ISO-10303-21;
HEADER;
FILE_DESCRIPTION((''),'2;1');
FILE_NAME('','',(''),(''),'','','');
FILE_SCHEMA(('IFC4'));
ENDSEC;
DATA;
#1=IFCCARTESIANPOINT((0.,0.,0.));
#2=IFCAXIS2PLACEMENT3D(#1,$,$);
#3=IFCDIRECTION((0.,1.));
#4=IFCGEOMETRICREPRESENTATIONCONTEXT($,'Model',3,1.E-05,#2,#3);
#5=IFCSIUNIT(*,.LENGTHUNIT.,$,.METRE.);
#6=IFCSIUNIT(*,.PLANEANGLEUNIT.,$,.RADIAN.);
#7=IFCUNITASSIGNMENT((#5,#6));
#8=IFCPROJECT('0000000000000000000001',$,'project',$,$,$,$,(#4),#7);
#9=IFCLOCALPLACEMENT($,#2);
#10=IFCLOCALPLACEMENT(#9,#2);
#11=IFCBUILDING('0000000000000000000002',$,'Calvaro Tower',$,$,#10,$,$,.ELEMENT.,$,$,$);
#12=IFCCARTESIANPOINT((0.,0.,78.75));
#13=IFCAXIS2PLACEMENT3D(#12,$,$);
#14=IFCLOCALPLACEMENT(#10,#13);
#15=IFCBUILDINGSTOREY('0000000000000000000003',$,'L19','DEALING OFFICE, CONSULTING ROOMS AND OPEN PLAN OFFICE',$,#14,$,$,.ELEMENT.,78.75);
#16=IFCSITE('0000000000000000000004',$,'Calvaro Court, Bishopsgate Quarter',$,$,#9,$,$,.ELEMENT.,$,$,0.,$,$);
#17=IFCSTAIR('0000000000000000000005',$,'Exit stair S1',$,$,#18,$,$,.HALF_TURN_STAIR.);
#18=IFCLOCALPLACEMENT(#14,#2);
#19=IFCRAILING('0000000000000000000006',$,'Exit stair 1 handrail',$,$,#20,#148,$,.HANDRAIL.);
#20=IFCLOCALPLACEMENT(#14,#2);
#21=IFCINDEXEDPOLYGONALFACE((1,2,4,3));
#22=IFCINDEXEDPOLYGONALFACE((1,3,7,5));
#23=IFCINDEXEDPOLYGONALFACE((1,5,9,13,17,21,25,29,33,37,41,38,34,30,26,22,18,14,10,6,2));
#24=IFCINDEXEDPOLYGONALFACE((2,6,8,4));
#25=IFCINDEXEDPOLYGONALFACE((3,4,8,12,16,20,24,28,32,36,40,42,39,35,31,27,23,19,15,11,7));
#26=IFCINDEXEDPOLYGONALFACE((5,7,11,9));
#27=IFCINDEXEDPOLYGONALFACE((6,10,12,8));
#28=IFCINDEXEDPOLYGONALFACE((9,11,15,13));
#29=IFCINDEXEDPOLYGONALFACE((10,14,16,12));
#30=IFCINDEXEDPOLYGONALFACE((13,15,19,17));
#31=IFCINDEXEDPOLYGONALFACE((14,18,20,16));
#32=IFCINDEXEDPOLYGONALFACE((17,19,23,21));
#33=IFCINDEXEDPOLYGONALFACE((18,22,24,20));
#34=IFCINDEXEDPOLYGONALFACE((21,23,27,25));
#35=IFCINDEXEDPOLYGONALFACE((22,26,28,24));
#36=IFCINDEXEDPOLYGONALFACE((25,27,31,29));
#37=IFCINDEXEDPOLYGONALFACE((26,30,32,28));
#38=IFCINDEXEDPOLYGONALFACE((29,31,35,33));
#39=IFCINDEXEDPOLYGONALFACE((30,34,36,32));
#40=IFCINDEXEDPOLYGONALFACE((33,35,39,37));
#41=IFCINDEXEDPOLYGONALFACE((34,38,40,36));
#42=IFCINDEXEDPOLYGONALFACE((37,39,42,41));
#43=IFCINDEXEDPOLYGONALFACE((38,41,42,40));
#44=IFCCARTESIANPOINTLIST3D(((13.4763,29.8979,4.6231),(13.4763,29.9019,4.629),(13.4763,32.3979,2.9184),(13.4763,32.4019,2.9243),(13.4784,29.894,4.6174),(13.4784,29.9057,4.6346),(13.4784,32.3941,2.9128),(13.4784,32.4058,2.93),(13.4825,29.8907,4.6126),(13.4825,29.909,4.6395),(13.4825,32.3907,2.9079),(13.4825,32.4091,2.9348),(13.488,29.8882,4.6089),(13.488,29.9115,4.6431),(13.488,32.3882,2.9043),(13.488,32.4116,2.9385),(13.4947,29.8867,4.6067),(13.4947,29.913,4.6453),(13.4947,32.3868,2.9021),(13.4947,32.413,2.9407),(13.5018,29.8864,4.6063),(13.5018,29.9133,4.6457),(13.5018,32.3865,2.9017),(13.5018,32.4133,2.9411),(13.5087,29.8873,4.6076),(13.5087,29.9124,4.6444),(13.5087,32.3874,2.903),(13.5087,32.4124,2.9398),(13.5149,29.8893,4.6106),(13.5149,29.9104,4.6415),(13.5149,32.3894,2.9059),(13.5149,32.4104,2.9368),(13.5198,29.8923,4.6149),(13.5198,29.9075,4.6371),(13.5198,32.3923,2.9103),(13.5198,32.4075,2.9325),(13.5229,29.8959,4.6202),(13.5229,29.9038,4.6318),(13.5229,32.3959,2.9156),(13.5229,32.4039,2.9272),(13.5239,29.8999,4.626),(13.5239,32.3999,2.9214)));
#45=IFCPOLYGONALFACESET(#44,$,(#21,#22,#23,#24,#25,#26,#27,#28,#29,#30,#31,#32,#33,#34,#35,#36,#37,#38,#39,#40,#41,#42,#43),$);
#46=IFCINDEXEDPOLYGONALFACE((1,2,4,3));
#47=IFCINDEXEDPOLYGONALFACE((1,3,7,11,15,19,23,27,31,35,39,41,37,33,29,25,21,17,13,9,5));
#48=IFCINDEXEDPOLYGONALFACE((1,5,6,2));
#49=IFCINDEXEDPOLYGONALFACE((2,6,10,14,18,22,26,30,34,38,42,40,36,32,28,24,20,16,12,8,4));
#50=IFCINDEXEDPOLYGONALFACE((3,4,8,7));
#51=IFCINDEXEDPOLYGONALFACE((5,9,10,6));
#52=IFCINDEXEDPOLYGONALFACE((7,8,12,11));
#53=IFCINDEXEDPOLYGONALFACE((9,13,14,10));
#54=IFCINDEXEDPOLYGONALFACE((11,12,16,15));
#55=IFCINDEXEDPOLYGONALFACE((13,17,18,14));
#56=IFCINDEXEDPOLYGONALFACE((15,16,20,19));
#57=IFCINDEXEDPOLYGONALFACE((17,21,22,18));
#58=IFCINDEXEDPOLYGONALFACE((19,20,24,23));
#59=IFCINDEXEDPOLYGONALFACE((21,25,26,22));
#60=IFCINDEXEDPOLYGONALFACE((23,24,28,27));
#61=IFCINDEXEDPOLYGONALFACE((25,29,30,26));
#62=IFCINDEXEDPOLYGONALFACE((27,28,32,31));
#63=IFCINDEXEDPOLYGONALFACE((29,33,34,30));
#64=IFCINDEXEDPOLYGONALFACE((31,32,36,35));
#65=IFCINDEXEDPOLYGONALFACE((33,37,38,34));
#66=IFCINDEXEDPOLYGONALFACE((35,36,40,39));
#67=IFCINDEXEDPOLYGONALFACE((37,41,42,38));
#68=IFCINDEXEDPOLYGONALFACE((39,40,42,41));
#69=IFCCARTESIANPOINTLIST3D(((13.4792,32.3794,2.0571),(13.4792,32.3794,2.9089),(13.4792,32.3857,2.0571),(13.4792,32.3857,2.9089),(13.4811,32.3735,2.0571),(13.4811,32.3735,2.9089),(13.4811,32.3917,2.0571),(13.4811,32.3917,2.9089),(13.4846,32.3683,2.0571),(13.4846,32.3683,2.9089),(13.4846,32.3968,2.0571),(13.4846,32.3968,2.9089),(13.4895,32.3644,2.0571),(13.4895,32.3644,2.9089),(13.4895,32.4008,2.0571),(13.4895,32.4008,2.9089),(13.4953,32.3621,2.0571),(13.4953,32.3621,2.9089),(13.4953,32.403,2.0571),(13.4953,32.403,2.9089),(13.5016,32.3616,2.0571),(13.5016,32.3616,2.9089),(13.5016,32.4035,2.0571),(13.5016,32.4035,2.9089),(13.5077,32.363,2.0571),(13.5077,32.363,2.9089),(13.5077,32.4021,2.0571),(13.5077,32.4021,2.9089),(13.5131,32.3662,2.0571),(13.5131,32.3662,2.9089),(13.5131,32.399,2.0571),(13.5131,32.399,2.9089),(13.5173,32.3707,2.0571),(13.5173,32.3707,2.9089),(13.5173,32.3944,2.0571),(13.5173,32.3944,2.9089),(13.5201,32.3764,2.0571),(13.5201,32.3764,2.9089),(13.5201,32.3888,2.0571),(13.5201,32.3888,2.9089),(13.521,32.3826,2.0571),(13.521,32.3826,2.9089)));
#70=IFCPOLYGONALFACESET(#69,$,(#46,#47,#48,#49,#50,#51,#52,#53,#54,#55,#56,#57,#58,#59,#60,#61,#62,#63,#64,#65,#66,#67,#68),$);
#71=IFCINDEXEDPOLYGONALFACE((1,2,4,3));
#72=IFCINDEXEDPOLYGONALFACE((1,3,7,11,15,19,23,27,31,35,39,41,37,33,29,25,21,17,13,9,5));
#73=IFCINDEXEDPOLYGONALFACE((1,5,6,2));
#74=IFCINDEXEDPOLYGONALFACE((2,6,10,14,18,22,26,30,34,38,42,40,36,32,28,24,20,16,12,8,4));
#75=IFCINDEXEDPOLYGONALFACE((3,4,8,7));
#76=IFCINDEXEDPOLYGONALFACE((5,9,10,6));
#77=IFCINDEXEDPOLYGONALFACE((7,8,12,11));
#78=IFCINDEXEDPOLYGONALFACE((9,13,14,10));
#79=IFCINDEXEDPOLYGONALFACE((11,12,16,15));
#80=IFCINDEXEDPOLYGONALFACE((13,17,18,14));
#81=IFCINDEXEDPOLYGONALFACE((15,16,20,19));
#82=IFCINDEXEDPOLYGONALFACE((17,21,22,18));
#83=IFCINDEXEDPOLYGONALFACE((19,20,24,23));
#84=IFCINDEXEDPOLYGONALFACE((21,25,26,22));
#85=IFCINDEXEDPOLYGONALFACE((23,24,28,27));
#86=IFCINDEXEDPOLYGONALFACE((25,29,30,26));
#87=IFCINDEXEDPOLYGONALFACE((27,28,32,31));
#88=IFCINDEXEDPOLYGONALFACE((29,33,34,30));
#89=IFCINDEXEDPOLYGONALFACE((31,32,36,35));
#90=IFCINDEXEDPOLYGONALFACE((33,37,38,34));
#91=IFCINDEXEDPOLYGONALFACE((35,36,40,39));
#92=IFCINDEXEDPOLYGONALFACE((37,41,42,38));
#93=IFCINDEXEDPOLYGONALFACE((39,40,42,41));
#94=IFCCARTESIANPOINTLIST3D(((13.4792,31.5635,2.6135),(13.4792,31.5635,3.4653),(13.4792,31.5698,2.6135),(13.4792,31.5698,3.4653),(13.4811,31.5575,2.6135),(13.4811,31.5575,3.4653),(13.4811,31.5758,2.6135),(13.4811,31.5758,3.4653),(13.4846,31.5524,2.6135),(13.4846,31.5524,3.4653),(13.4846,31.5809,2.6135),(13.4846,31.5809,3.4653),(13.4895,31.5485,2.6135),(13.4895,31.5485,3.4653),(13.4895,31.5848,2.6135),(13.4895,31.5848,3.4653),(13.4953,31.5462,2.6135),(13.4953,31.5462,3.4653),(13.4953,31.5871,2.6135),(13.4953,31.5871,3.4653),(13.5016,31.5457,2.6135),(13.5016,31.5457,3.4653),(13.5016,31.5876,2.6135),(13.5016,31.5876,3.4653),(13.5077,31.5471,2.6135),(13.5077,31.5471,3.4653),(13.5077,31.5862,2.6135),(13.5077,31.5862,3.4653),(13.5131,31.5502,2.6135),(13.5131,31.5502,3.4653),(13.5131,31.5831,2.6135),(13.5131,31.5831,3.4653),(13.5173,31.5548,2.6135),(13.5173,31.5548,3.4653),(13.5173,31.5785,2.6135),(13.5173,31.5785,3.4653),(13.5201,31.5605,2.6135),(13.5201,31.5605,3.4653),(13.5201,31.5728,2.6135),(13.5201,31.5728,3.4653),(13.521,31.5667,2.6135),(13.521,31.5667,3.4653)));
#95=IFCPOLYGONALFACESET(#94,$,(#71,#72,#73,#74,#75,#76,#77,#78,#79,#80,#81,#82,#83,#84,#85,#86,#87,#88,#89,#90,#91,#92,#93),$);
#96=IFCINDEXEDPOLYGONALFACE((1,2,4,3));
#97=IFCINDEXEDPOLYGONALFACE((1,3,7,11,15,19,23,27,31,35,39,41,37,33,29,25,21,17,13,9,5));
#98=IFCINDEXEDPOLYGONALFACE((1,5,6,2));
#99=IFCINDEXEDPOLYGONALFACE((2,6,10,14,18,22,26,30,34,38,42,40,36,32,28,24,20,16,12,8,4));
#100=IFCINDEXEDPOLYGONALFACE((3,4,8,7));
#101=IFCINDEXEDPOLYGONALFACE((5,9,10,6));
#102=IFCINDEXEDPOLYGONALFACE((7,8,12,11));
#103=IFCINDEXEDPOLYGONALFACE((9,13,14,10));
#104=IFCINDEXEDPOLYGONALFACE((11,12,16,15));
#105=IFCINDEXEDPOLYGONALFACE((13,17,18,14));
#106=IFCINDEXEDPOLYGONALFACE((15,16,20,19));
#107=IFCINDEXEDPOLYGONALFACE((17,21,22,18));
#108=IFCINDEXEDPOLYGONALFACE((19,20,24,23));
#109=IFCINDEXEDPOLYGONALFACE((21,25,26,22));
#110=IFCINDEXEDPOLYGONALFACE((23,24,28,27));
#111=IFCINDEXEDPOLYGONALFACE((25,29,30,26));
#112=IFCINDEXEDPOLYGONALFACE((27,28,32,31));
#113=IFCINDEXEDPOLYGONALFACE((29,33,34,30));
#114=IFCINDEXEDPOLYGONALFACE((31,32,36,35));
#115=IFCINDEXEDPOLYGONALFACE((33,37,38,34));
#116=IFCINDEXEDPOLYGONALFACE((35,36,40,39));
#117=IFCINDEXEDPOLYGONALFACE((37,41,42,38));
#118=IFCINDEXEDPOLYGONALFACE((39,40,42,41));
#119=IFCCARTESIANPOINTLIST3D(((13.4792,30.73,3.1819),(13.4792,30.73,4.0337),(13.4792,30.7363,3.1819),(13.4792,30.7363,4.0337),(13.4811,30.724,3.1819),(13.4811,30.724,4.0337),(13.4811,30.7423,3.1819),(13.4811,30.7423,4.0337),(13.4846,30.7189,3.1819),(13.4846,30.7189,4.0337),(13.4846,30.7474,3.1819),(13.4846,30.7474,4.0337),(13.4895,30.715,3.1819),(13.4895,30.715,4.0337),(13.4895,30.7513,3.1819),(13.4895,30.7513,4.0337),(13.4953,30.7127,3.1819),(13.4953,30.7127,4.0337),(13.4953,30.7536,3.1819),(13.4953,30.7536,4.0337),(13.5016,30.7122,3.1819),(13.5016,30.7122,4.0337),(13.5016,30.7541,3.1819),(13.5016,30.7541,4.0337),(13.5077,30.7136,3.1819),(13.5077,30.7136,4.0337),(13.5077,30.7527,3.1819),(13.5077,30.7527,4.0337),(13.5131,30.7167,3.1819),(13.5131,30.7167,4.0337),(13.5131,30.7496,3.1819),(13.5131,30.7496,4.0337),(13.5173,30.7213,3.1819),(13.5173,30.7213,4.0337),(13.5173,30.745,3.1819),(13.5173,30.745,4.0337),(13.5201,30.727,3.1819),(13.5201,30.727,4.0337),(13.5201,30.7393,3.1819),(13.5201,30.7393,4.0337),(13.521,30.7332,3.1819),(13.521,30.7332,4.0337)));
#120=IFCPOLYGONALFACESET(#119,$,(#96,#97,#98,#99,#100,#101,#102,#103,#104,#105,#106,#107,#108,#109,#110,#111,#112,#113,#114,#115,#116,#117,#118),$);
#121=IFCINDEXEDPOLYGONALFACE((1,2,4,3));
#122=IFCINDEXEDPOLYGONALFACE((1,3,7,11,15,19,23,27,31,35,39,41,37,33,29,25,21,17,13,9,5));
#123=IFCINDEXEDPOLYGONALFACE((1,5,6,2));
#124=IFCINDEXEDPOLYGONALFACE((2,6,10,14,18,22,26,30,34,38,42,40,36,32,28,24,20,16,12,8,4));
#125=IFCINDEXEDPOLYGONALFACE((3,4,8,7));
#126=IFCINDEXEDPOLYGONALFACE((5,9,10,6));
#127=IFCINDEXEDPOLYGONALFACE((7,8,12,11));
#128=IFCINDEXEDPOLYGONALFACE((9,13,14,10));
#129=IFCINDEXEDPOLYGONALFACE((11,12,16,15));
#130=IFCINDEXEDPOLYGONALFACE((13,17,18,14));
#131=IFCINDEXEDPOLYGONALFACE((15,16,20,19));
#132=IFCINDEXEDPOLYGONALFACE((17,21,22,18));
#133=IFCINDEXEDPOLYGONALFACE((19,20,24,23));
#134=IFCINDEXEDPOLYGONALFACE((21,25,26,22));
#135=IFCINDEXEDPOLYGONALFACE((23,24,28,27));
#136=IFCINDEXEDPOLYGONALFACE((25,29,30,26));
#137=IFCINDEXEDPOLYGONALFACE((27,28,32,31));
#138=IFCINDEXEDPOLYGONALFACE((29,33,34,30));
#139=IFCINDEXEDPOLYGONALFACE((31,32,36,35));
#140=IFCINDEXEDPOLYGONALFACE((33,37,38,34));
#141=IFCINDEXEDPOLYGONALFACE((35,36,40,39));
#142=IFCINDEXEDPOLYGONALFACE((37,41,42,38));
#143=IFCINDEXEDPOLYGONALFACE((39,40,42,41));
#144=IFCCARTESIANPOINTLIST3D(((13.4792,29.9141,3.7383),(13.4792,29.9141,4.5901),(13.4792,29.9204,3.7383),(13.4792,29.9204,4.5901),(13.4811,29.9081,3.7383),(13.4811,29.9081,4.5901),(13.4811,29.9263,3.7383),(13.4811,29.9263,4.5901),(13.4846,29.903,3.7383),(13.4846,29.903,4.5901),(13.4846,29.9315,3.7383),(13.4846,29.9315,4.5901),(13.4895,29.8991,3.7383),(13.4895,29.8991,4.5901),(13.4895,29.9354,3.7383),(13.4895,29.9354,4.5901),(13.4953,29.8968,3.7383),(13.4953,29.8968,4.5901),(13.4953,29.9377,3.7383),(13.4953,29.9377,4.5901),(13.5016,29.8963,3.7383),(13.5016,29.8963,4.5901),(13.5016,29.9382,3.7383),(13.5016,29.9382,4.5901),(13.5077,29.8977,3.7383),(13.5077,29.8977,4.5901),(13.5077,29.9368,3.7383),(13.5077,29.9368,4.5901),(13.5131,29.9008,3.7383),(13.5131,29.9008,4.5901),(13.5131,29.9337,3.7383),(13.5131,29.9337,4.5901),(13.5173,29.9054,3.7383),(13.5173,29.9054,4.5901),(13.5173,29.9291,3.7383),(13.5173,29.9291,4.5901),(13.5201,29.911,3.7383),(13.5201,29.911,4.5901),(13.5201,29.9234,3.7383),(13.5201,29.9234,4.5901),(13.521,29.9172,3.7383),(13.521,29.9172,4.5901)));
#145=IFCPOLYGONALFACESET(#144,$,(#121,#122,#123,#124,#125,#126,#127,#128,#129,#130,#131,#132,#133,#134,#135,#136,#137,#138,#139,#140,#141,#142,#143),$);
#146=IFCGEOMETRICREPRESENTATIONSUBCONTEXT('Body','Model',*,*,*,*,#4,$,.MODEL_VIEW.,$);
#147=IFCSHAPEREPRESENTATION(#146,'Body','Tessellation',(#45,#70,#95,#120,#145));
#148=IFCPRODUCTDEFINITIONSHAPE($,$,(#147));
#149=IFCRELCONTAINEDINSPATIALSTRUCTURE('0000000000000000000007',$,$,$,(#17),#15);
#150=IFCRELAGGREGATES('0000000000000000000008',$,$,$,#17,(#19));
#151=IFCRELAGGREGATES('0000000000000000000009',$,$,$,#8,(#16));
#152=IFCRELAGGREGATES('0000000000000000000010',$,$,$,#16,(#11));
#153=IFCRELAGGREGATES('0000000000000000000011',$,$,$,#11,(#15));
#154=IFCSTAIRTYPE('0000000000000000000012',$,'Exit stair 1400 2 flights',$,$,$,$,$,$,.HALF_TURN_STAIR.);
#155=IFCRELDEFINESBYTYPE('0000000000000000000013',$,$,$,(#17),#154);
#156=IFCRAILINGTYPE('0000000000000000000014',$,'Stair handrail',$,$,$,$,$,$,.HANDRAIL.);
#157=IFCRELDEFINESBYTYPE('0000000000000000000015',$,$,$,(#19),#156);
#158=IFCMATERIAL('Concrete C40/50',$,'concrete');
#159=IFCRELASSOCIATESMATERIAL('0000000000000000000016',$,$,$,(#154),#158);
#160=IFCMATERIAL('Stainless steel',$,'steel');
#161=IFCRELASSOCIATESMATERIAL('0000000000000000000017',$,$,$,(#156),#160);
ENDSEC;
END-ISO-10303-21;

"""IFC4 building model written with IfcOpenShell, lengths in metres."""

from ifc_helpers import new_model, si_unit, direction, frame, origin, origin_2d, place, context, subcontext, project, spatial, circle, extrude, material, type_object, element, aggregate, save


model = new_model("IFC4")

# Units and contexts
model_context = context("Model", 3, precision=1e-05, world=origin(), true_north=direction((0.0, 1.0)))
body_context = subcontext(model_context, "Body", "Model", "MODEL_VIEW")
ifc_project = project(units=[si_unit("LENGTHUNIT", "METRE"), si_unit("PLANEANGLEUNIT", "RADIAN")], contexts=[model_context])

# Site, building, storey
site_placement = place(None, origin())
site = spatial("IfcSite", under=ifc_project, at=site_placement, Name="Calvaro Court, Bishopsgate Quarter", CompositionType="ELEMENT", RefElevation=0.0)
building_placement = place(site_placement, origin())
building = spatial("IfcBuilding", under=site, at=building_placement, Name="Calvaro Tower", CompositionType="ELEMENT")
storey_placement = place(building_placement, frame((0.0, 0.0, 78.75)))
storey = spatial("IfcBuildingStorey", under=building, at=storey_placement, Name="L19", Description="DEALING OFFICE, CONSULTING ROOMS AND OPEN PLAN OFFICE", CompositionType="ELEMENT", Elevation=78.75)

# Stair, railing
ifc_material_1 = material(Name="Concrete C40/50", Category="concrete")
stair_type = type_object("IfcStairType", Name="Exit stair 1400 2 flights", PredefinedType="HALF_TURN_STAIR", material=ifc_material_1)
stair_placement = place(storey_placement, origin())
stair = element("IfcStair", 1, at=stair_placement, inside=storey, type_object=stair_type, Name="Exit stair S1", PredefinedType="HALF_TURN_STAIR")
ifc_material_2 = material(Name="Stainless steel", Category="steel")
railing_type = type_object("IfcRailingType", Name="Stair handrail", PredefinedType="HANDRAIL", material=ifc_material_2)
railing_1_placement = place(storey_placement, frame((13.5, 32.3999, 2.0454)))
railing_1 = element("IfcRailing", 2, at=railing_1_placement, type_object=railing_type, Name="Exit stair 1 handrail", PredefinedType="HANDRAIL", context=body_context, shape_type="SweptSolid", body=[
    extrude(circle(Radius=0.0239, at=origin_2d()), frame((0.0, 0.0, 0.876), z_axis=(0.0, -0.826221, 0.563347), x_axis=(1.0, 0.0, 0.0)), (0.0, 0.0, 1.0), 3.0259),
    extrude(circle(Radius=0.021, at=origin_2d()), frame((0.0, -0.0173, 0.0117)), (0.0, 0.0, 1.0), 0.8518),
    extrude(circle(Radius=0.021, at=origin_2d()), frame((0.0, -0.8333, 0.5681)), (0.0, 0.0, 1.0), 0.8518),
    extrude(circle(Radius=0.021, at=origin_2d()), frame((0.0, -1.6667, 1.1365)), (0.0, 0.0, 1.0), 0.8518),
    extrude(circle(Radius=0.021, at=origin_2d()), frame((0.0, -2.4827, 1.6929)), (0.0, 0.0, 1.0), 0.8518),
])
aggregate(stair, [railing_1])

save(model, "model.ifc")
